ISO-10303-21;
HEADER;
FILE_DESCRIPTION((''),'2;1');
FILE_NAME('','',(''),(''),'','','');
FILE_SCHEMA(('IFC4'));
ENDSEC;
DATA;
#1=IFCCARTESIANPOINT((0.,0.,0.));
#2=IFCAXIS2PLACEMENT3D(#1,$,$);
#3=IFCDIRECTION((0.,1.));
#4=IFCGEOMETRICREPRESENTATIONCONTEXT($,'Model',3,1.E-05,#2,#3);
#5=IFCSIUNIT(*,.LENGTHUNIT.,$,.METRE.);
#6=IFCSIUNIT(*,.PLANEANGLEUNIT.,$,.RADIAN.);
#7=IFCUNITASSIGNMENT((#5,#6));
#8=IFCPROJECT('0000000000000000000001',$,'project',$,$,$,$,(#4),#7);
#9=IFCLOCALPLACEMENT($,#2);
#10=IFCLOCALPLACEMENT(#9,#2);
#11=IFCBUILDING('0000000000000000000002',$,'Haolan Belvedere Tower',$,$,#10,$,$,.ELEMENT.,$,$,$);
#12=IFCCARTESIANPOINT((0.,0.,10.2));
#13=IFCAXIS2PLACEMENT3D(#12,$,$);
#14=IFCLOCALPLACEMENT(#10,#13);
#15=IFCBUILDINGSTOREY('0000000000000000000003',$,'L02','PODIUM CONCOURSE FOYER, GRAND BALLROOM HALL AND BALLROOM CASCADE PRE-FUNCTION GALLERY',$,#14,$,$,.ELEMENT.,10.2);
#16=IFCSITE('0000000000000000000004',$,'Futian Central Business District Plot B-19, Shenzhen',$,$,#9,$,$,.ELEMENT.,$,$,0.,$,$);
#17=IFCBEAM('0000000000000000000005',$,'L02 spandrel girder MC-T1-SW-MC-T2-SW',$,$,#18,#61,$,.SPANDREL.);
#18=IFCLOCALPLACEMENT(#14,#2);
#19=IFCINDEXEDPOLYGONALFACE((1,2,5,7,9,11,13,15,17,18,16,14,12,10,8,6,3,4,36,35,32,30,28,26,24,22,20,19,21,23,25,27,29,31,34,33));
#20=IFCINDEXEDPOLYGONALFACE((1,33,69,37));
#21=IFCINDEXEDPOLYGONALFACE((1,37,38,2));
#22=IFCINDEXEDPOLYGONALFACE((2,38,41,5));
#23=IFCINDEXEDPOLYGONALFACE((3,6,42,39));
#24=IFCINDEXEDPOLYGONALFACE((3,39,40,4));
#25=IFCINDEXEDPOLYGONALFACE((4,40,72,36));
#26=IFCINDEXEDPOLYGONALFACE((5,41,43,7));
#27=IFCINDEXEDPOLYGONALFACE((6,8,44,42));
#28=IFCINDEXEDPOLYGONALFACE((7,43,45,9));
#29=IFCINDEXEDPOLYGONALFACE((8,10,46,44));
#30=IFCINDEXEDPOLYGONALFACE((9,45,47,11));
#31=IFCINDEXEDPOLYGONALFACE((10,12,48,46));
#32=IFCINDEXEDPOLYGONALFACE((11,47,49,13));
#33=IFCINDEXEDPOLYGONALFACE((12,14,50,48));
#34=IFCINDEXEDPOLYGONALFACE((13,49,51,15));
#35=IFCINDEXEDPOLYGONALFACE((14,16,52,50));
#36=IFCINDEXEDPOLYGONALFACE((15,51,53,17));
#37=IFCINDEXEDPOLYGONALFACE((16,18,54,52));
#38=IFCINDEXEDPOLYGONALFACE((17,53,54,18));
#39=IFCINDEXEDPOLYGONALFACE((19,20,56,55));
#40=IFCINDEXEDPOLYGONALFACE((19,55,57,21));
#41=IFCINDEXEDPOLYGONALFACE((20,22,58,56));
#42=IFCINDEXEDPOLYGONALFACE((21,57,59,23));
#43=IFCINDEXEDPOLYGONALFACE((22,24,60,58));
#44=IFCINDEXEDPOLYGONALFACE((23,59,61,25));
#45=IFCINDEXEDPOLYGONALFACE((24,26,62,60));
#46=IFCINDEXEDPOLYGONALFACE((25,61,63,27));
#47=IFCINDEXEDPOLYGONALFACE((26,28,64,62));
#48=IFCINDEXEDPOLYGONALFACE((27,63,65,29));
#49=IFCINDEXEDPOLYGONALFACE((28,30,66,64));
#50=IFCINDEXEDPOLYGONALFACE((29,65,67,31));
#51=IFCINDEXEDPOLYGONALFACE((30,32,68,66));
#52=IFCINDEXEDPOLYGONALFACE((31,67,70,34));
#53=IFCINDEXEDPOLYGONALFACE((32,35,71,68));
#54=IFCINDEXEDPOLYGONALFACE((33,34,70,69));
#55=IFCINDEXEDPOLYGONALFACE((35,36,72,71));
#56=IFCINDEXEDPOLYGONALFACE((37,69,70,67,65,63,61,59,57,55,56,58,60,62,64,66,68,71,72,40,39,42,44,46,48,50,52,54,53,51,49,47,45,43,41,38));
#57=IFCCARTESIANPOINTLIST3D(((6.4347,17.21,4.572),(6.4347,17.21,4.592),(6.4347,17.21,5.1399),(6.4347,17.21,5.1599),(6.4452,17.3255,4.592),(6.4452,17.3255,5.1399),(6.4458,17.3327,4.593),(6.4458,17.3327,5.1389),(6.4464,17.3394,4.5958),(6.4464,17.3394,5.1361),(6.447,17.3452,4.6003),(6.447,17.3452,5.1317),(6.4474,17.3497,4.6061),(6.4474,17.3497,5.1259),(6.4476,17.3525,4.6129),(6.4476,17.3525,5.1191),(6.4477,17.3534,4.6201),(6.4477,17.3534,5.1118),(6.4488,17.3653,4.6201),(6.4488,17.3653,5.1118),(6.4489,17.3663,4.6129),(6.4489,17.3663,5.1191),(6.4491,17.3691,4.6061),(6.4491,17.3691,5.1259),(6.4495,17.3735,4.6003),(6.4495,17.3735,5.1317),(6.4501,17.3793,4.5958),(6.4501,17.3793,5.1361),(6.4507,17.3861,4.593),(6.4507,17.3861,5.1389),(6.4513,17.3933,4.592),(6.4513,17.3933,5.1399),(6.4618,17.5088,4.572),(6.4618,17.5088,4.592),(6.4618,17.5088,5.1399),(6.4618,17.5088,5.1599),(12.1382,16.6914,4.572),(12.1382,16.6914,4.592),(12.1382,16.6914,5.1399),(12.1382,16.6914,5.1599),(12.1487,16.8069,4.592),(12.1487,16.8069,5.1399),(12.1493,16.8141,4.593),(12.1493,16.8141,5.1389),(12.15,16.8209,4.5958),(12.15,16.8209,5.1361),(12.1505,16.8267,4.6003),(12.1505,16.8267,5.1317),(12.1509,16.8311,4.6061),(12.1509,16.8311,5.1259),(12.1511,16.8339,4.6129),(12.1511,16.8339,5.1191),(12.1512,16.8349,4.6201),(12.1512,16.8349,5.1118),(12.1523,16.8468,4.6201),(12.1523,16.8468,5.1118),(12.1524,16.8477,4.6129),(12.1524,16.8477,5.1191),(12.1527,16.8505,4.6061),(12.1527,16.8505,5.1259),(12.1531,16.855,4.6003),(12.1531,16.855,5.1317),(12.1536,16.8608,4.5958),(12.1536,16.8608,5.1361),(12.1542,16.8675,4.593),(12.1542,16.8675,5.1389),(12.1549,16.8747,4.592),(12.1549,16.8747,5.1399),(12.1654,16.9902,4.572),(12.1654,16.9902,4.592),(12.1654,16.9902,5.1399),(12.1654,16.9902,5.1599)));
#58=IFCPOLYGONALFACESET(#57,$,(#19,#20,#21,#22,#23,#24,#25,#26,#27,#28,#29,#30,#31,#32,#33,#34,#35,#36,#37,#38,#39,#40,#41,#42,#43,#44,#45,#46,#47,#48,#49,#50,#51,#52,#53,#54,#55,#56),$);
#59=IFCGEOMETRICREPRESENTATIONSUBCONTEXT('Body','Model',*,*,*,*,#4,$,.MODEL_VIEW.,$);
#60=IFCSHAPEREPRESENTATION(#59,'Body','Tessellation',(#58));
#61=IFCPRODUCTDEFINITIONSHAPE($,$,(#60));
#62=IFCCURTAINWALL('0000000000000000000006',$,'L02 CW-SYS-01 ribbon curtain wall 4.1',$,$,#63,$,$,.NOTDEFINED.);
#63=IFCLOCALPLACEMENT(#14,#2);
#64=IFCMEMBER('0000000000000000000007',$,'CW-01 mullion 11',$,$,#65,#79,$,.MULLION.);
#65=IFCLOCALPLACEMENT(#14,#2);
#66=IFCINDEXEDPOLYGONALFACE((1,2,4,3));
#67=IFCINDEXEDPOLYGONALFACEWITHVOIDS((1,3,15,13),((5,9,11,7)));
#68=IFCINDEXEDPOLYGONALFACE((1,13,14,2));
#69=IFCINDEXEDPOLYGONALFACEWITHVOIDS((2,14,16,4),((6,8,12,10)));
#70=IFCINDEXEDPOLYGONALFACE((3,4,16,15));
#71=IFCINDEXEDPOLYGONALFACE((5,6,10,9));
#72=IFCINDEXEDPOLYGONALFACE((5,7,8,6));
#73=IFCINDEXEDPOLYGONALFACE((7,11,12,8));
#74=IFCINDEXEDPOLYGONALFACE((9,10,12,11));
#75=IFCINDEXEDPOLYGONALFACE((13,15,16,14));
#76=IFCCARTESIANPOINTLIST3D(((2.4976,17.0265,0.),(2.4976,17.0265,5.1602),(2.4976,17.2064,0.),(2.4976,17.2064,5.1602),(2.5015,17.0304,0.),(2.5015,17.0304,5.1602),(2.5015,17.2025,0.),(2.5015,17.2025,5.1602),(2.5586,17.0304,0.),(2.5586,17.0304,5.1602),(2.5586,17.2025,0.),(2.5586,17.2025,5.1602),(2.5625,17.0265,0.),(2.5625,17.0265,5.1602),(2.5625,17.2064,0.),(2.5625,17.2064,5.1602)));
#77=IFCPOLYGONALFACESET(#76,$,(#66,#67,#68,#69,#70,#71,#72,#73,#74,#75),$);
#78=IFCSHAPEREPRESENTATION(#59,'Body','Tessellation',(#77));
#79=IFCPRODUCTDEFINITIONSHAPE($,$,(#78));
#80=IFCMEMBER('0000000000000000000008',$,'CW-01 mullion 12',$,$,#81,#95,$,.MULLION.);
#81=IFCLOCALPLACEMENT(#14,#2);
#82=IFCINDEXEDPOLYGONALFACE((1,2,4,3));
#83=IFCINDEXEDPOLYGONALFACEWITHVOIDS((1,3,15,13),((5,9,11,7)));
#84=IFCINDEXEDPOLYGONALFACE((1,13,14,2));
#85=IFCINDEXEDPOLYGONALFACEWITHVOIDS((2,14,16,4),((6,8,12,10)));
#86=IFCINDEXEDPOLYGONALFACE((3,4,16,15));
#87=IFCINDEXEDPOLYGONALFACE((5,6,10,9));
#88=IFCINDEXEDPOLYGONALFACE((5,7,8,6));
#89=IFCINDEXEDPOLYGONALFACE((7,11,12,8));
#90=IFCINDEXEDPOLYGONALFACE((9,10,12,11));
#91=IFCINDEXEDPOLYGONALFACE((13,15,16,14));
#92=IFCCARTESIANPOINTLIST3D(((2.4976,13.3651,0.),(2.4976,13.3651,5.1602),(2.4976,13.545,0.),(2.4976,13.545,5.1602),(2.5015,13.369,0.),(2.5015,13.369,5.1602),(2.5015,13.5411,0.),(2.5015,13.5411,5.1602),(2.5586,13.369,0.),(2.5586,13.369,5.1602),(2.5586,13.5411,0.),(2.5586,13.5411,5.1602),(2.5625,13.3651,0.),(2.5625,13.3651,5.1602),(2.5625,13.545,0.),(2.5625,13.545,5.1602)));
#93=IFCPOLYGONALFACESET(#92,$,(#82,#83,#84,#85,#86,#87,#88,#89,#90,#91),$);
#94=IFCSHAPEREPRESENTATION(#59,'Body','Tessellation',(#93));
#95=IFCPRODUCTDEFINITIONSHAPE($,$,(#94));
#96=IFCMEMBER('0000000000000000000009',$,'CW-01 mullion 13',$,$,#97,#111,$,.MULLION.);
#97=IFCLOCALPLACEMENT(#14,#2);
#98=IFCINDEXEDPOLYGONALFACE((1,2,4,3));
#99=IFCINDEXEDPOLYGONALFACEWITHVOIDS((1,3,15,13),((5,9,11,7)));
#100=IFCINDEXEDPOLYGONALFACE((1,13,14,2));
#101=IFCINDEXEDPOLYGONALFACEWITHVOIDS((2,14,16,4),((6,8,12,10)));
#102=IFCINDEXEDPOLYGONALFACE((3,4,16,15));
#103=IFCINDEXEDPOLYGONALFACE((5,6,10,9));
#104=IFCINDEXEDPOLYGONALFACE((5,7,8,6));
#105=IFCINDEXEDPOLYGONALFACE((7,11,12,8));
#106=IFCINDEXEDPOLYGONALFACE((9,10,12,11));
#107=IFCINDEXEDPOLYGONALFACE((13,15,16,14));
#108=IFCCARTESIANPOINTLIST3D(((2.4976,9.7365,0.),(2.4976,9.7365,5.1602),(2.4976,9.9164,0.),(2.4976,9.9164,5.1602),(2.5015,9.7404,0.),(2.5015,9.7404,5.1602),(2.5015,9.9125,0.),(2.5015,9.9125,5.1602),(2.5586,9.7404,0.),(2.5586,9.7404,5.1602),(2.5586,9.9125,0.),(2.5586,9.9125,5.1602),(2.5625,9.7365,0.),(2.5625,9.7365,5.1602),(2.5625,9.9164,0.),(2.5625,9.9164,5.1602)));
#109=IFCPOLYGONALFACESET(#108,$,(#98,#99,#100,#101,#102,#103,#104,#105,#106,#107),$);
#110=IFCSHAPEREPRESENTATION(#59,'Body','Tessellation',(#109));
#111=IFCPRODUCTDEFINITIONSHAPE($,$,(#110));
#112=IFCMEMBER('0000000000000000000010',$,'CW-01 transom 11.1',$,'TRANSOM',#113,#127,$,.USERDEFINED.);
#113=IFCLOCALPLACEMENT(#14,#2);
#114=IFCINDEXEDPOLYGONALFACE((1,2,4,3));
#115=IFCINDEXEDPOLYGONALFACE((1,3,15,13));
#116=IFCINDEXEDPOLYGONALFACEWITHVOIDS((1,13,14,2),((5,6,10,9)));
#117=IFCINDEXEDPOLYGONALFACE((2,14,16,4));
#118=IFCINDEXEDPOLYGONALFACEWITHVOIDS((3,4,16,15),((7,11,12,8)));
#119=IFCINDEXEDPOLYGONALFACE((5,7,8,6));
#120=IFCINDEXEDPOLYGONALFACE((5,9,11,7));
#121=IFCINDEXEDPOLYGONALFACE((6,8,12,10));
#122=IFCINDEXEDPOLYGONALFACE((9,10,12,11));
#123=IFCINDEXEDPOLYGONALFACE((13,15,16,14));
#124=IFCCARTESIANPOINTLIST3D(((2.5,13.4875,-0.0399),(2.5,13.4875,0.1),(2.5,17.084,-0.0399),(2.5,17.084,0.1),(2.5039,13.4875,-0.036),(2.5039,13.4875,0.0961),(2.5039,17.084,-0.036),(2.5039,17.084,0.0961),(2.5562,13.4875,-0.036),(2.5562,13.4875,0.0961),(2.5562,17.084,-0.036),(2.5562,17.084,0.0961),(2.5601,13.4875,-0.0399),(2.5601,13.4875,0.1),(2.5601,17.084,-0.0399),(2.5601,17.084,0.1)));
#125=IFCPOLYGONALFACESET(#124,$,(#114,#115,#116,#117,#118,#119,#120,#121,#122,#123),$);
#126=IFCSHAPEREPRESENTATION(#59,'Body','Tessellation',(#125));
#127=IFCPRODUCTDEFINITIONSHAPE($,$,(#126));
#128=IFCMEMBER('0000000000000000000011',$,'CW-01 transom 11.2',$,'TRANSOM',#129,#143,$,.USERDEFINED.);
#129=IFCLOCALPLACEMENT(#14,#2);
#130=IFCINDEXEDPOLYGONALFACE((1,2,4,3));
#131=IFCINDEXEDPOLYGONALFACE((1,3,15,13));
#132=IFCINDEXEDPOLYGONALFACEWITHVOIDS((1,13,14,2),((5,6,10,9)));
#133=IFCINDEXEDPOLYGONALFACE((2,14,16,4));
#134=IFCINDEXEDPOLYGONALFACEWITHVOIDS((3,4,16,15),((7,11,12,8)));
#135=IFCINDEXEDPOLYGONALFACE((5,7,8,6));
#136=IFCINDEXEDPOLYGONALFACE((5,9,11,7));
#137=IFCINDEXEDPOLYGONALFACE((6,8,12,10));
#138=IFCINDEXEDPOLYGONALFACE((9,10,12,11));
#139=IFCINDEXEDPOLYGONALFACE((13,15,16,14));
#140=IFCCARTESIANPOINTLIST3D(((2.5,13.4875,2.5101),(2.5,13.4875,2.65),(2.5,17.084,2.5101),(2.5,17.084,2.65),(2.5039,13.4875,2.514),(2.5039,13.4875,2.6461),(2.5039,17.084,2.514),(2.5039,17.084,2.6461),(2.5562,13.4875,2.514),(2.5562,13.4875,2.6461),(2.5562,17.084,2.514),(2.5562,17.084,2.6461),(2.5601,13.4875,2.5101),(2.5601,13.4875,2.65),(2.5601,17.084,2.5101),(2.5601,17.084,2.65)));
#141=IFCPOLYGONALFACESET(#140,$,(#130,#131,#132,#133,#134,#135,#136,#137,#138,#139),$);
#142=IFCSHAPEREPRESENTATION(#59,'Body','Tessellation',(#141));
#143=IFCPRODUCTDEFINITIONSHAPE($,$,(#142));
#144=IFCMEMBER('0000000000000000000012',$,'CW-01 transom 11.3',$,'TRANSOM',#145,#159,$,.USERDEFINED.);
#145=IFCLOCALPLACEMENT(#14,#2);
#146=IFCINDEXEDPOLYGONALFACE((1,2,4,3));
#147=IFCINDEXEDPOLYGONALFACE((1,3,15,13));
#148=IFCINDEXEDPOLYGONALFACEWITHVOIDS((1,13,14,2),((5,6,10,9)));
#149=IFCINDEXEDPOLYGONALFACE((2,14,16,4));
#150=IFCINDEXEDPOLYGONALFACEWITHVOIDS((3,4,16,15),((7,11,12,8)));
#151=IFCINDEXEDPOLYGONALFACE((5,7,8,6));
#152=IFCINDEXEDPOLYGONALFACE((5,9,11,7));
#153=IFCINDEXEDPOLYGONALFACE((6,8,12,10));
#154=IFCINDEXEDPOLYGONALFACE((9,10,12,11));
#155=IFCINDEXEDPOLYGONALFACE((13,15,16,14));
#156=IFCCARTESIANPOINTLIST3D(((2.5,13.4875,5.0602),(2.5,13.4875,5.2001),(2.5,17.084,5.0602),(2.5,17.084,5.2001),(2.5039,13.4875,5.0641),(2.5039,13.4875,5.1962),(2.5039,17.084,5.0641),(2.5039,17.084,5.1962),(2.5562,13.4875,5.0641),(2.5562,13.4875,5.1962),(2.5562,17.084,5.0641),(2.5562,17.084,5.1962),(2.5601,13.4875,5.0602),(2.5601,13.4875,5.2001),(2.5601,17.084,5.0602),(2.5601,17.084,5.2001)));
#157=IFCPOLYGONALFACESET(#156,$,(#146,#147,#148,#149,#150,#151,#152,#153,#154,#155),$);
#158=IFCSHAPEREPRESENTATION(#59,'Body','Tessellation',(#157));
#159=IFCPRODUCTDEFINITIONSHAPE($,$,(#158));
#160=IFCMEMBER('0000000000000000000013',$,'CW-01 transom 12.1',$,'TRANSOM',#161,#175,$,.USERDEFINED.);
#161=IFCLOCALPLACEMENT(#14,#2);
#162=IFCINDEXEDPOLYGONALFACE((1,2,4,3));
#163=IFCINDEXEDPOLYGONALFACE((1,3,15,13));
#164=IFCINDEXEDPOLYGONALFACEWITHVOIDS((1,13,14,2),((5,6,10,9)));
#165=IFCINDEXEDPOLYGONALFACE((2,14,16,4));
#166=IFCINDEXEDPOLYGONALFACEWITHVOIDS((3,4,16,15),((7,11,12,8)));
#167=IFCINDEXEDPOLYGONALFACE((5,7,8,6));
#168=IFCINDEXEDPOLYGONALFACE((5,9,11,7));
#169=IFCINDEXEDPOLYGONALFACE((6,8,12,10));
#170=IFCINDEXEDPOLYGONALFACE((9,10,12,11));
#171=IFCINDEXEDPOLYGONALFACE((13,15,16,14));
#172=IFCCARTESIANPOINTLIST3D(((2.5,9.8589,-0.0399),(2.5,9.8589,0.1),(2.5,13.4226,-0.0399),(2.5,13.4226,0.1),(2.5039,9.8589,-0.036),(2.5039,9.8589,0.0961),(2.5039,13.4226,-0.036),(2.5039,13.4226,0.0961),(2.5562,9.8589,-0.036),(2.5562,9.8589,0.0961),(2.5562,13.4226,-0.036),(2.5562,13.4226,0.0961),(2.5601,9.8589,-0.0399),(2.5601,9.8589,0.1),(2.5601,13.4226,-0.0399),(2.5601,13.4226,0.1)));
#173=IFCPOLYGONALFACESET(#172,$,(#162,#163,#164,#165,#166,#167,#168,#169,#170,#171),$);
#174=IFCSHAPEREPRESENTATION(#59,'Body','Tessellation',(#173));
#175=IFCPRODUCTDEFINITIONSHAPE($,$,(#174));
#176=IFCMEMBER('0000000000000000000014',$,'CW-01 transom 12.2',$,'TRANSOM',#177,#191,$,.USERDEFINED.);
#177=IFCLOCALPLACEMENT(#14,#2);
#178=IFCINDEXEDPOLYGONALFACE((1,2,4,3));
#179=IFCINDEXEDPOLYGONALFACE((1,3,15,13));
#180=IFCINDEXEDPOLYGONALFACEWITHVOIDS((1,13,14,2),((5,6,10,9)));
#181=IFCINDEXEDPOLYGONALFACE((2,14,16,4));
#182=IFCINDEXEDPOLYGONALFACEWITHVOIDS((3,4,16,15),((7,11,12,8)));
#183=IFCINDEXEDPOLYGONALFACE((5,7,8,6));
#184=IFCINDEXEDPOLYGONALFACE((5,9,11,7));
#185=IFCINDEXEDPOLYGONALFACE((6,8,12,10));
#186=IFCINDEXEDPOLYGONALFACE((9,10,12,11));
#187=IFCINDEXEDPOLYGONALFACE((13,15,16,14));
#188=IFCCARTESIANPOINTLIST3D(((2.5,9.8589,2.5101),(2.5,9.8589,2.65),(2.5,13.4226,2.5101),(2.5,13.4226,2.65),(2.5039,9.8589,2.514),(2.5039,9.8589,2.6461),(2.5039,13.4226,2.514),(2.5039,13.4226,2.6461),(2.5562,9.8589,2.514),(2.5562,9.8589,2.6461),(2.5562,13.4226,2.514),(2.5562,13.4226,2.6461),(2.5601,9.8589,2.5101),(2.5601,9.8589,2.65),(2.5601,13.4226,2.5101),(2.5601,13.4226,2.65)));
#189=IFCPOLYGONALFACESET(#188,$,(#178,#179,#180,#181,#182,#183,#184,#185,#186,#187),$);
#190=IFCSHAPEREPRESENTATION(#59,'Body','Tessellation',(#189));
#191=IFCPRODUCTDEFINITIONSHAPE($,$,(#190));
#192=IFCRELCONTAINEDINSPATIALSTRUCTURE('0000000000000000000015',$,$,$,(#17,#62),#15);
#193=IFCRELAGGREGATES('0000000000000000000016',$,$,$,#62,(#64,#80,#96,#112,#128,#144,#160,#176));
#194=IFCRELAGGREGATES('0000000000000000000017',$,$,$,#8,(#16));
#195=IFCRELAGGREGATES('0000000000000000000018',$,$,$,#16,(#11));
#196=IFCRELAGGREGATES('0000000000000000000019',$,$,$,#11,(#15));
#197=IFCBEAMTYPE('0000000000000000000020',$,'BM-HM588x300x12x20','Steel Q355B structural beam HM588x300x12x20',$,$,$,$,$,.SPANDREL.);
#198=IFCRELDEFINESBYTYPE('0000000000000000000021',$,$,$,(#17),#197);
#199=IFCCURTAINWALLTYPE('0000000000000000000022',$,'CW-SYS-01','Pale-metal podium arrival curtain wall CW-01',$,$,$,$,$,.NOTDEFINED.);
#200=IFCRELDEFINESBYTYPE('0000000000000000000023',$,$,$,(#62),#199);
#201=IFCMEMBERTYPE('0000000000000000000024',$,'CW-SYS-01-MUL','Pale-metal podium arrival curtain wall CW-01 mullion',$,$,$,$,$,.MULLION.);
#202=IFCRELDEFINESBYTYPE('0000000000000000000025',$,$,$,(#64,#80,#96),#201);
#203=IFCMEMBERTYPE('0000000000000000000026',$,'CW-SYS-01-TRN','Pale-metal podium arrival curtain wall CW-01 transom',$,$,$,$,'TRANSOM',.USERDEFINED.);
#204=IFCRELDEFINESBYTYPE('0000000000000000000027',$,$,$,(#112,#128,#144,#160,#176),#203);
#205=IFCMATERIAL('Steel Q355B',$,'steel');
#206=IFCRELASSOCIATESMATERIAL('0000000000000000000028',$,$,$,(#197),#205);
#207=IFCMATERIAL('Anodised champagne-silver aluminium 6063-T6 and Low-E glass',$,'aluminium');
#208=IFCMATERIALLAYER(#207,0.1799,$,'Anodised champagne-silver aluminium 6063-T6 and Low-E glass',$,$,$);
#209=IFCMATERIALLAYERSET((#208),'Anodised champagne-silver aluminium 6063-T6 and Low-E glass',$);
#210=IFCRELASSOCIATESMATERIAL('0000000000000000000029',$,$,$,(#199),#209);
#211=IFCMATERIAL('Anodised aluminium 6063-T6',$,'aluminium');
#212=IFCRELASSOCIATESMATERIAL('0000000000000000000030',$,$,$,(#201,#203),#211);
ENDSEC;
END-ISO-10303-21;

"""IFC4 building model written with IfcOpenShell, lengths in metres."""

from ifc_helpers import new_model, si_unit, direction, frame, origin, origin_2d, place, context, subcontext, project, spatial, hollow_rectangle, i_section, extrude, material, layer, layer_set, material_profile, profile_set, type_object, element, aggregate, save


model = new_model("IFC4")

# Units and contexts
model_context = context("Model", 3, precision=1e-05, world=origin(), true_north=direction((0.0, 1.0)))
body_context = subcontext(model_context, "Body", "Model", "MODEL_VIEW")
ifc_project = project(units=[si_unit("LENGTHUNIT", "METRE"), si_unit("PLANEANGLEUNIT", "RADIAN")], contexts=[model_context])

# Site, building, storey
site_placement = place(None, origin())
site = spatial("IfcSite", under=ifc_project, at=site_placement, Name="Futian Central Business District Plot B-19, Shenzhen", CompositionType="ELEMENT", RefElevation=0.0)
building_placement = place(site_placement, origin())
building = spatial("IfcBuilding", under=site, at=building_placement, Name="Haolan Belvedere Tower", CompositionType="ELEMENT")
storey_placement = place(building_placement, frame((0.0, 0.0, 10.2)))
storey = spatial("IfcBuildingStorey", under=building, at=storey_placement, Name="L02", Description="PODIUM CONCOURSE FOYER, GRAND BALLROOM HALL AND BALLROOM CASCADE PRE-FUNCTION GALLERY", CompositionType="ELEMENT", Elevation=10.2)

# Beam
ifc_material_1 = material(Name="Steel Q355B", Category="steel")
ifc_material_profile_1 = material_profile(ifc_material_1, i_section(OverallWidth=0.3, OverallDepth=0.5879, WebThickness=0.012, FlangeThickness=0.02, FilletRadius=0.0281, at=origin_2d()), Name="Steel Q355B")
ifc_profile_set_1 = profile_set([ifc_material_profile_1], Name="Steel Q355B")
beam_type = type_object("IfcBeamType", Name="BM-HM588x300x12x20", Description="Steel Q355B structural beam HM588x300x12x20", PredefinedType="SPANDREL", material=ifc_profile_set_1)
beam_placement = place(storey_placement, frame((6.4482, 17.3594, 4.866), z_axis=(0.995893, -0.090543, 0.0), x_axis=(0.090543, 0.995893, 0.0)))
element("IfcBeam", 1, at=beam_placement, inside=storey, type_object=beam_type, Name="L02 spandrel girder MC-T1-SW-MC-T2-SW", PredefinedType="SPANDREL", context=body_context, shape_type="SweptSolid", body=[
    extrude(i_section(OverallWidth=0.3, OverallDepth=0.5879, WebThickness=0.012, FlangeThickness=0.02, FilletRadius=0.0281, at=origin_2d()), origin(), (0.0, 0.0, 1.0), 5.7271),
])

# Curtain wall, members
ifc_material_2 = material(Name="Anodised champagne-silver aluminium 6063-T6 and Low-E glass", Category="aluminium")
ifc_layer_1 = layer(ifc_material_2, 0.1799, Name="Anodised champagne-silver aluminium 6063-T6 and Low-E glass")
ifc_layer_set_1 = layer_set([ifc_layer_1], Name="Anodised champagne-silver aluminium 6063-T6 and Low-E glass")
curtain_wall_type = type_object("IfcCurtainWallType", Name="CW-SYS-01", Description="Pale-metal podium arrival curtain wall CW-01", PredefinedType="NOTDEFINED", material=ifc_layer_set_1)
curtain_wall_placement = place(storey_placement, origin())
curtain_wall = element("IfcCurtainWall", 2, at=curtain_wall_placement, inside=storey, type_object=curtain_wall_type, Name="L02 CW-SYS-01 ribbon curtain wall 4.1", PredefinedType="NOTDEFINED")
ifc_material_3 = material(Name="Anodised aluminium 6063-T6", Category="aluminium")
ifc_material_profile_2 = material_profile(ifc_material_3, hollow_rectangle(XDim=0.0649, YDim=0.1799, WallThickness=0.0039, at=origin_2d()), Name="Anodised aluminium 6063-T6")
ifc_profile_set_2 = profile_set([ifc_material_profile_2], Name="Anodised aluminium 6063-T6")
member_type_1 = type_object("IfcMemberType", Name="CW-SYS-01-MUL", Description="Pale-metal podium arrival curtain wall CW-01 mullion", PredefinedType="MULLION", material=ifc_profile_set_2)
member_1_placement = place(storey_placement, frame((2.53, 17.1165, 0.0), z_axis=(0.0, 0.0, 1.0), x_axis=(1.0, 0.0, 0.0)))
member_1 = element("IfcMember", 3, at=member_1_placement, type_object=member_type_1, Name="CW-01 mullion 11", PredefinedType="MULLION", context=body_context, shape_type="SweptSolid", body=[
    extrude(hollow_rectangle(XDim=0.0649, YDim=0.1799, WallThickness=0.0039, at=origin_2d()), origin(), (0.0, 0.0, 1.0), 5.1602),
])
member_2_placement = place(storey_placement, frame((2.53, 13.4551, 0.0), z_axis=(0.0, 0.0, 1.0), x_axis=(1.0, 0.0, 0.0)))
member_2 = element("IfcMember", 4, at=member_2_placement, type_object=member_type_1, Name="CW-01 mullion 12", PredefinedType="MULLION", context=body_context, shape_type="SweptSolid", body=[
    extrude(hollow_rectangle(XDim=0.0649, YDim=0.1799, WallThickness=0.0039, at=origin_2d()), origin(), (0.0, 0.0, 1.0), 5.1602),
])
member_3_placement = place(storey_placement, frame((2.53, 9.8264, 0.0), z_axis=(0.0, 0.0, 1.0), x_axis=(1.0, 0.0, 0.0)))
member_3 = element("IfcMember", 5, at=member_3_placement, type_object=member_type_1, Name="CW-01 mullion 13", PredefinedType="MULLION", context=body_context, shape_type="SweptSolid", body=[
    extrude(hollow_rectangle(XDim=0.0649, YDim=0.1799, WallThickness=0.0039, at=origin_2d()), origin(), (0.0, 0.0, 1.0), 5.1602),
])
ifc_material_profile_3 = material_profile(ifc_material_3, hollow_rectangle(XDim=0.0601, YDim=0.1399, WallThickness=0.0039, at=origin_2d()), Name="Anodised aluminium 6063-T6")
ifc_profile_set_3 = profile_set([ifc_material_profile_3], Name="Anodised aluminium 6063-T6")
member_type_2 = type_object("IfcMemberType", Name="CW-SYS-01-TRN", Description="Pale-metal podium arrival curtain wall CW-01 transom", ElementType="TRANSOM", PredefinedType="USERDEFINED", material=ifc_profile_set_3)
member_4_placement = place(storey_placement, frame((2.53, 17.084, 0.03), z_axis=(0.0, -1.0, 0.0), x_axis=(1.0, 0.0, 0.0)))
member_4 = element("IfcMember", 6, at=member_4_placement, type_object=member_type_2, Name="CW-01 transom 11.1", ObjectType="TRANSOM", PredefinedType="USERDEFINED", context=body_context, shape_type="SweptSolid", body=[
    extrude(hollow_rectangle(XDim=0.0601, YDim=0.1399, WallThickness=0.0039, at=origin_2d()), origin(), (0.0, 0.0, 1.0), 3.5964),
])
member_5_placement = place(storey_placement, frame((2.53, 17.084, 2.5801), z_axis=(0.0, -1.0, 0.0), x_axis=(1.0, 0.0, 0.0)))
member_5 = element("IfcMember", 7, at=member_5_placement, type_object=member_type_2, Name="CW-01 transom 11.2", ObjectType="TRANSOM", PredefinedType="USERDEFINED", context=body_context, shape_type="SweptSolid", body=[
    extrude(hollow_rectangle(XDim=0.0601, YDim=0.1399, WallThickness=0.0039, at=origin_2d()), origin(), (0.0, 0.0, 1.0), 3.5964),
])
member_6_placement = place(storey_placement, frame((2.53, 17.084, 5.1301), z_axis=(0.0, -1.0, 0.0), x_axis=(1.0, 0.0, 0.0)))
member_6 = element("IfcMember", 8, at=member_6_placement, type_object=member_type_2, Name="CW-01 transom 11.3", ObjectType="TRANSOM", PredefinedType="USERDEFINED", context=body_context, shape_type="SweptSolid", body=[
    extrude(hollow_rectangle(XDim=0.0601, YDim=0.1399, WallThickness=0.0039, at=origin_2d()), origin(), (0.0, 0.0, 1.0), 3.5964),
])
member_7_placement = place(storey_placement, frame((2.53, 13.4226, 0.03), z_axis=(0.0, -1.0, 0.0), x_axis=(1.0, 0.0, 0.0)))
member_7 = element("IfcMember", 9, at=member_7_placement, type_object=member_type_2, Name="CW-01 transom 12.1", ObjectType="TRANSOM", PredefinedType="USERDEFINED", context=body_context, shape_type="SweptSolid", body=[
    extrude(hollow_rectangle(XDim=0.0601, YDim=0.1399, WallThickness=0.0039, at=origin_2d()), origin(), (0.0, 0.0, 1.0), 3.5637),
])
member_8_placement = place(storey_placement, frame((2.53, 13.4226, 2.5801), z_axis=(0.0, -1.0, 0.0), x_axis=(1.0, 0.0, 0.0)))
member_8 = element("IfcMember", 10, at=member_8_placement, type_object=member_type_2, Name="CW-01 transom 12.2", ObjectType="TRANSOM", PredefinedType="USERDEFINED", context=body_context, shape_type="SweptSolid", body=[
    extrude(hollow_rectangle(XDim=0.0601, YDim=0.1399, WallThickness=0.0039, at=origin_2d()), origin(), (0.0, 0.0, 1.0), 3.5637),
])
aggregate(curtain_wall, [member_1, member_2, member_3, member_4, member_5, member_6, member_7, member_8])

save(model, "model.ifc")
